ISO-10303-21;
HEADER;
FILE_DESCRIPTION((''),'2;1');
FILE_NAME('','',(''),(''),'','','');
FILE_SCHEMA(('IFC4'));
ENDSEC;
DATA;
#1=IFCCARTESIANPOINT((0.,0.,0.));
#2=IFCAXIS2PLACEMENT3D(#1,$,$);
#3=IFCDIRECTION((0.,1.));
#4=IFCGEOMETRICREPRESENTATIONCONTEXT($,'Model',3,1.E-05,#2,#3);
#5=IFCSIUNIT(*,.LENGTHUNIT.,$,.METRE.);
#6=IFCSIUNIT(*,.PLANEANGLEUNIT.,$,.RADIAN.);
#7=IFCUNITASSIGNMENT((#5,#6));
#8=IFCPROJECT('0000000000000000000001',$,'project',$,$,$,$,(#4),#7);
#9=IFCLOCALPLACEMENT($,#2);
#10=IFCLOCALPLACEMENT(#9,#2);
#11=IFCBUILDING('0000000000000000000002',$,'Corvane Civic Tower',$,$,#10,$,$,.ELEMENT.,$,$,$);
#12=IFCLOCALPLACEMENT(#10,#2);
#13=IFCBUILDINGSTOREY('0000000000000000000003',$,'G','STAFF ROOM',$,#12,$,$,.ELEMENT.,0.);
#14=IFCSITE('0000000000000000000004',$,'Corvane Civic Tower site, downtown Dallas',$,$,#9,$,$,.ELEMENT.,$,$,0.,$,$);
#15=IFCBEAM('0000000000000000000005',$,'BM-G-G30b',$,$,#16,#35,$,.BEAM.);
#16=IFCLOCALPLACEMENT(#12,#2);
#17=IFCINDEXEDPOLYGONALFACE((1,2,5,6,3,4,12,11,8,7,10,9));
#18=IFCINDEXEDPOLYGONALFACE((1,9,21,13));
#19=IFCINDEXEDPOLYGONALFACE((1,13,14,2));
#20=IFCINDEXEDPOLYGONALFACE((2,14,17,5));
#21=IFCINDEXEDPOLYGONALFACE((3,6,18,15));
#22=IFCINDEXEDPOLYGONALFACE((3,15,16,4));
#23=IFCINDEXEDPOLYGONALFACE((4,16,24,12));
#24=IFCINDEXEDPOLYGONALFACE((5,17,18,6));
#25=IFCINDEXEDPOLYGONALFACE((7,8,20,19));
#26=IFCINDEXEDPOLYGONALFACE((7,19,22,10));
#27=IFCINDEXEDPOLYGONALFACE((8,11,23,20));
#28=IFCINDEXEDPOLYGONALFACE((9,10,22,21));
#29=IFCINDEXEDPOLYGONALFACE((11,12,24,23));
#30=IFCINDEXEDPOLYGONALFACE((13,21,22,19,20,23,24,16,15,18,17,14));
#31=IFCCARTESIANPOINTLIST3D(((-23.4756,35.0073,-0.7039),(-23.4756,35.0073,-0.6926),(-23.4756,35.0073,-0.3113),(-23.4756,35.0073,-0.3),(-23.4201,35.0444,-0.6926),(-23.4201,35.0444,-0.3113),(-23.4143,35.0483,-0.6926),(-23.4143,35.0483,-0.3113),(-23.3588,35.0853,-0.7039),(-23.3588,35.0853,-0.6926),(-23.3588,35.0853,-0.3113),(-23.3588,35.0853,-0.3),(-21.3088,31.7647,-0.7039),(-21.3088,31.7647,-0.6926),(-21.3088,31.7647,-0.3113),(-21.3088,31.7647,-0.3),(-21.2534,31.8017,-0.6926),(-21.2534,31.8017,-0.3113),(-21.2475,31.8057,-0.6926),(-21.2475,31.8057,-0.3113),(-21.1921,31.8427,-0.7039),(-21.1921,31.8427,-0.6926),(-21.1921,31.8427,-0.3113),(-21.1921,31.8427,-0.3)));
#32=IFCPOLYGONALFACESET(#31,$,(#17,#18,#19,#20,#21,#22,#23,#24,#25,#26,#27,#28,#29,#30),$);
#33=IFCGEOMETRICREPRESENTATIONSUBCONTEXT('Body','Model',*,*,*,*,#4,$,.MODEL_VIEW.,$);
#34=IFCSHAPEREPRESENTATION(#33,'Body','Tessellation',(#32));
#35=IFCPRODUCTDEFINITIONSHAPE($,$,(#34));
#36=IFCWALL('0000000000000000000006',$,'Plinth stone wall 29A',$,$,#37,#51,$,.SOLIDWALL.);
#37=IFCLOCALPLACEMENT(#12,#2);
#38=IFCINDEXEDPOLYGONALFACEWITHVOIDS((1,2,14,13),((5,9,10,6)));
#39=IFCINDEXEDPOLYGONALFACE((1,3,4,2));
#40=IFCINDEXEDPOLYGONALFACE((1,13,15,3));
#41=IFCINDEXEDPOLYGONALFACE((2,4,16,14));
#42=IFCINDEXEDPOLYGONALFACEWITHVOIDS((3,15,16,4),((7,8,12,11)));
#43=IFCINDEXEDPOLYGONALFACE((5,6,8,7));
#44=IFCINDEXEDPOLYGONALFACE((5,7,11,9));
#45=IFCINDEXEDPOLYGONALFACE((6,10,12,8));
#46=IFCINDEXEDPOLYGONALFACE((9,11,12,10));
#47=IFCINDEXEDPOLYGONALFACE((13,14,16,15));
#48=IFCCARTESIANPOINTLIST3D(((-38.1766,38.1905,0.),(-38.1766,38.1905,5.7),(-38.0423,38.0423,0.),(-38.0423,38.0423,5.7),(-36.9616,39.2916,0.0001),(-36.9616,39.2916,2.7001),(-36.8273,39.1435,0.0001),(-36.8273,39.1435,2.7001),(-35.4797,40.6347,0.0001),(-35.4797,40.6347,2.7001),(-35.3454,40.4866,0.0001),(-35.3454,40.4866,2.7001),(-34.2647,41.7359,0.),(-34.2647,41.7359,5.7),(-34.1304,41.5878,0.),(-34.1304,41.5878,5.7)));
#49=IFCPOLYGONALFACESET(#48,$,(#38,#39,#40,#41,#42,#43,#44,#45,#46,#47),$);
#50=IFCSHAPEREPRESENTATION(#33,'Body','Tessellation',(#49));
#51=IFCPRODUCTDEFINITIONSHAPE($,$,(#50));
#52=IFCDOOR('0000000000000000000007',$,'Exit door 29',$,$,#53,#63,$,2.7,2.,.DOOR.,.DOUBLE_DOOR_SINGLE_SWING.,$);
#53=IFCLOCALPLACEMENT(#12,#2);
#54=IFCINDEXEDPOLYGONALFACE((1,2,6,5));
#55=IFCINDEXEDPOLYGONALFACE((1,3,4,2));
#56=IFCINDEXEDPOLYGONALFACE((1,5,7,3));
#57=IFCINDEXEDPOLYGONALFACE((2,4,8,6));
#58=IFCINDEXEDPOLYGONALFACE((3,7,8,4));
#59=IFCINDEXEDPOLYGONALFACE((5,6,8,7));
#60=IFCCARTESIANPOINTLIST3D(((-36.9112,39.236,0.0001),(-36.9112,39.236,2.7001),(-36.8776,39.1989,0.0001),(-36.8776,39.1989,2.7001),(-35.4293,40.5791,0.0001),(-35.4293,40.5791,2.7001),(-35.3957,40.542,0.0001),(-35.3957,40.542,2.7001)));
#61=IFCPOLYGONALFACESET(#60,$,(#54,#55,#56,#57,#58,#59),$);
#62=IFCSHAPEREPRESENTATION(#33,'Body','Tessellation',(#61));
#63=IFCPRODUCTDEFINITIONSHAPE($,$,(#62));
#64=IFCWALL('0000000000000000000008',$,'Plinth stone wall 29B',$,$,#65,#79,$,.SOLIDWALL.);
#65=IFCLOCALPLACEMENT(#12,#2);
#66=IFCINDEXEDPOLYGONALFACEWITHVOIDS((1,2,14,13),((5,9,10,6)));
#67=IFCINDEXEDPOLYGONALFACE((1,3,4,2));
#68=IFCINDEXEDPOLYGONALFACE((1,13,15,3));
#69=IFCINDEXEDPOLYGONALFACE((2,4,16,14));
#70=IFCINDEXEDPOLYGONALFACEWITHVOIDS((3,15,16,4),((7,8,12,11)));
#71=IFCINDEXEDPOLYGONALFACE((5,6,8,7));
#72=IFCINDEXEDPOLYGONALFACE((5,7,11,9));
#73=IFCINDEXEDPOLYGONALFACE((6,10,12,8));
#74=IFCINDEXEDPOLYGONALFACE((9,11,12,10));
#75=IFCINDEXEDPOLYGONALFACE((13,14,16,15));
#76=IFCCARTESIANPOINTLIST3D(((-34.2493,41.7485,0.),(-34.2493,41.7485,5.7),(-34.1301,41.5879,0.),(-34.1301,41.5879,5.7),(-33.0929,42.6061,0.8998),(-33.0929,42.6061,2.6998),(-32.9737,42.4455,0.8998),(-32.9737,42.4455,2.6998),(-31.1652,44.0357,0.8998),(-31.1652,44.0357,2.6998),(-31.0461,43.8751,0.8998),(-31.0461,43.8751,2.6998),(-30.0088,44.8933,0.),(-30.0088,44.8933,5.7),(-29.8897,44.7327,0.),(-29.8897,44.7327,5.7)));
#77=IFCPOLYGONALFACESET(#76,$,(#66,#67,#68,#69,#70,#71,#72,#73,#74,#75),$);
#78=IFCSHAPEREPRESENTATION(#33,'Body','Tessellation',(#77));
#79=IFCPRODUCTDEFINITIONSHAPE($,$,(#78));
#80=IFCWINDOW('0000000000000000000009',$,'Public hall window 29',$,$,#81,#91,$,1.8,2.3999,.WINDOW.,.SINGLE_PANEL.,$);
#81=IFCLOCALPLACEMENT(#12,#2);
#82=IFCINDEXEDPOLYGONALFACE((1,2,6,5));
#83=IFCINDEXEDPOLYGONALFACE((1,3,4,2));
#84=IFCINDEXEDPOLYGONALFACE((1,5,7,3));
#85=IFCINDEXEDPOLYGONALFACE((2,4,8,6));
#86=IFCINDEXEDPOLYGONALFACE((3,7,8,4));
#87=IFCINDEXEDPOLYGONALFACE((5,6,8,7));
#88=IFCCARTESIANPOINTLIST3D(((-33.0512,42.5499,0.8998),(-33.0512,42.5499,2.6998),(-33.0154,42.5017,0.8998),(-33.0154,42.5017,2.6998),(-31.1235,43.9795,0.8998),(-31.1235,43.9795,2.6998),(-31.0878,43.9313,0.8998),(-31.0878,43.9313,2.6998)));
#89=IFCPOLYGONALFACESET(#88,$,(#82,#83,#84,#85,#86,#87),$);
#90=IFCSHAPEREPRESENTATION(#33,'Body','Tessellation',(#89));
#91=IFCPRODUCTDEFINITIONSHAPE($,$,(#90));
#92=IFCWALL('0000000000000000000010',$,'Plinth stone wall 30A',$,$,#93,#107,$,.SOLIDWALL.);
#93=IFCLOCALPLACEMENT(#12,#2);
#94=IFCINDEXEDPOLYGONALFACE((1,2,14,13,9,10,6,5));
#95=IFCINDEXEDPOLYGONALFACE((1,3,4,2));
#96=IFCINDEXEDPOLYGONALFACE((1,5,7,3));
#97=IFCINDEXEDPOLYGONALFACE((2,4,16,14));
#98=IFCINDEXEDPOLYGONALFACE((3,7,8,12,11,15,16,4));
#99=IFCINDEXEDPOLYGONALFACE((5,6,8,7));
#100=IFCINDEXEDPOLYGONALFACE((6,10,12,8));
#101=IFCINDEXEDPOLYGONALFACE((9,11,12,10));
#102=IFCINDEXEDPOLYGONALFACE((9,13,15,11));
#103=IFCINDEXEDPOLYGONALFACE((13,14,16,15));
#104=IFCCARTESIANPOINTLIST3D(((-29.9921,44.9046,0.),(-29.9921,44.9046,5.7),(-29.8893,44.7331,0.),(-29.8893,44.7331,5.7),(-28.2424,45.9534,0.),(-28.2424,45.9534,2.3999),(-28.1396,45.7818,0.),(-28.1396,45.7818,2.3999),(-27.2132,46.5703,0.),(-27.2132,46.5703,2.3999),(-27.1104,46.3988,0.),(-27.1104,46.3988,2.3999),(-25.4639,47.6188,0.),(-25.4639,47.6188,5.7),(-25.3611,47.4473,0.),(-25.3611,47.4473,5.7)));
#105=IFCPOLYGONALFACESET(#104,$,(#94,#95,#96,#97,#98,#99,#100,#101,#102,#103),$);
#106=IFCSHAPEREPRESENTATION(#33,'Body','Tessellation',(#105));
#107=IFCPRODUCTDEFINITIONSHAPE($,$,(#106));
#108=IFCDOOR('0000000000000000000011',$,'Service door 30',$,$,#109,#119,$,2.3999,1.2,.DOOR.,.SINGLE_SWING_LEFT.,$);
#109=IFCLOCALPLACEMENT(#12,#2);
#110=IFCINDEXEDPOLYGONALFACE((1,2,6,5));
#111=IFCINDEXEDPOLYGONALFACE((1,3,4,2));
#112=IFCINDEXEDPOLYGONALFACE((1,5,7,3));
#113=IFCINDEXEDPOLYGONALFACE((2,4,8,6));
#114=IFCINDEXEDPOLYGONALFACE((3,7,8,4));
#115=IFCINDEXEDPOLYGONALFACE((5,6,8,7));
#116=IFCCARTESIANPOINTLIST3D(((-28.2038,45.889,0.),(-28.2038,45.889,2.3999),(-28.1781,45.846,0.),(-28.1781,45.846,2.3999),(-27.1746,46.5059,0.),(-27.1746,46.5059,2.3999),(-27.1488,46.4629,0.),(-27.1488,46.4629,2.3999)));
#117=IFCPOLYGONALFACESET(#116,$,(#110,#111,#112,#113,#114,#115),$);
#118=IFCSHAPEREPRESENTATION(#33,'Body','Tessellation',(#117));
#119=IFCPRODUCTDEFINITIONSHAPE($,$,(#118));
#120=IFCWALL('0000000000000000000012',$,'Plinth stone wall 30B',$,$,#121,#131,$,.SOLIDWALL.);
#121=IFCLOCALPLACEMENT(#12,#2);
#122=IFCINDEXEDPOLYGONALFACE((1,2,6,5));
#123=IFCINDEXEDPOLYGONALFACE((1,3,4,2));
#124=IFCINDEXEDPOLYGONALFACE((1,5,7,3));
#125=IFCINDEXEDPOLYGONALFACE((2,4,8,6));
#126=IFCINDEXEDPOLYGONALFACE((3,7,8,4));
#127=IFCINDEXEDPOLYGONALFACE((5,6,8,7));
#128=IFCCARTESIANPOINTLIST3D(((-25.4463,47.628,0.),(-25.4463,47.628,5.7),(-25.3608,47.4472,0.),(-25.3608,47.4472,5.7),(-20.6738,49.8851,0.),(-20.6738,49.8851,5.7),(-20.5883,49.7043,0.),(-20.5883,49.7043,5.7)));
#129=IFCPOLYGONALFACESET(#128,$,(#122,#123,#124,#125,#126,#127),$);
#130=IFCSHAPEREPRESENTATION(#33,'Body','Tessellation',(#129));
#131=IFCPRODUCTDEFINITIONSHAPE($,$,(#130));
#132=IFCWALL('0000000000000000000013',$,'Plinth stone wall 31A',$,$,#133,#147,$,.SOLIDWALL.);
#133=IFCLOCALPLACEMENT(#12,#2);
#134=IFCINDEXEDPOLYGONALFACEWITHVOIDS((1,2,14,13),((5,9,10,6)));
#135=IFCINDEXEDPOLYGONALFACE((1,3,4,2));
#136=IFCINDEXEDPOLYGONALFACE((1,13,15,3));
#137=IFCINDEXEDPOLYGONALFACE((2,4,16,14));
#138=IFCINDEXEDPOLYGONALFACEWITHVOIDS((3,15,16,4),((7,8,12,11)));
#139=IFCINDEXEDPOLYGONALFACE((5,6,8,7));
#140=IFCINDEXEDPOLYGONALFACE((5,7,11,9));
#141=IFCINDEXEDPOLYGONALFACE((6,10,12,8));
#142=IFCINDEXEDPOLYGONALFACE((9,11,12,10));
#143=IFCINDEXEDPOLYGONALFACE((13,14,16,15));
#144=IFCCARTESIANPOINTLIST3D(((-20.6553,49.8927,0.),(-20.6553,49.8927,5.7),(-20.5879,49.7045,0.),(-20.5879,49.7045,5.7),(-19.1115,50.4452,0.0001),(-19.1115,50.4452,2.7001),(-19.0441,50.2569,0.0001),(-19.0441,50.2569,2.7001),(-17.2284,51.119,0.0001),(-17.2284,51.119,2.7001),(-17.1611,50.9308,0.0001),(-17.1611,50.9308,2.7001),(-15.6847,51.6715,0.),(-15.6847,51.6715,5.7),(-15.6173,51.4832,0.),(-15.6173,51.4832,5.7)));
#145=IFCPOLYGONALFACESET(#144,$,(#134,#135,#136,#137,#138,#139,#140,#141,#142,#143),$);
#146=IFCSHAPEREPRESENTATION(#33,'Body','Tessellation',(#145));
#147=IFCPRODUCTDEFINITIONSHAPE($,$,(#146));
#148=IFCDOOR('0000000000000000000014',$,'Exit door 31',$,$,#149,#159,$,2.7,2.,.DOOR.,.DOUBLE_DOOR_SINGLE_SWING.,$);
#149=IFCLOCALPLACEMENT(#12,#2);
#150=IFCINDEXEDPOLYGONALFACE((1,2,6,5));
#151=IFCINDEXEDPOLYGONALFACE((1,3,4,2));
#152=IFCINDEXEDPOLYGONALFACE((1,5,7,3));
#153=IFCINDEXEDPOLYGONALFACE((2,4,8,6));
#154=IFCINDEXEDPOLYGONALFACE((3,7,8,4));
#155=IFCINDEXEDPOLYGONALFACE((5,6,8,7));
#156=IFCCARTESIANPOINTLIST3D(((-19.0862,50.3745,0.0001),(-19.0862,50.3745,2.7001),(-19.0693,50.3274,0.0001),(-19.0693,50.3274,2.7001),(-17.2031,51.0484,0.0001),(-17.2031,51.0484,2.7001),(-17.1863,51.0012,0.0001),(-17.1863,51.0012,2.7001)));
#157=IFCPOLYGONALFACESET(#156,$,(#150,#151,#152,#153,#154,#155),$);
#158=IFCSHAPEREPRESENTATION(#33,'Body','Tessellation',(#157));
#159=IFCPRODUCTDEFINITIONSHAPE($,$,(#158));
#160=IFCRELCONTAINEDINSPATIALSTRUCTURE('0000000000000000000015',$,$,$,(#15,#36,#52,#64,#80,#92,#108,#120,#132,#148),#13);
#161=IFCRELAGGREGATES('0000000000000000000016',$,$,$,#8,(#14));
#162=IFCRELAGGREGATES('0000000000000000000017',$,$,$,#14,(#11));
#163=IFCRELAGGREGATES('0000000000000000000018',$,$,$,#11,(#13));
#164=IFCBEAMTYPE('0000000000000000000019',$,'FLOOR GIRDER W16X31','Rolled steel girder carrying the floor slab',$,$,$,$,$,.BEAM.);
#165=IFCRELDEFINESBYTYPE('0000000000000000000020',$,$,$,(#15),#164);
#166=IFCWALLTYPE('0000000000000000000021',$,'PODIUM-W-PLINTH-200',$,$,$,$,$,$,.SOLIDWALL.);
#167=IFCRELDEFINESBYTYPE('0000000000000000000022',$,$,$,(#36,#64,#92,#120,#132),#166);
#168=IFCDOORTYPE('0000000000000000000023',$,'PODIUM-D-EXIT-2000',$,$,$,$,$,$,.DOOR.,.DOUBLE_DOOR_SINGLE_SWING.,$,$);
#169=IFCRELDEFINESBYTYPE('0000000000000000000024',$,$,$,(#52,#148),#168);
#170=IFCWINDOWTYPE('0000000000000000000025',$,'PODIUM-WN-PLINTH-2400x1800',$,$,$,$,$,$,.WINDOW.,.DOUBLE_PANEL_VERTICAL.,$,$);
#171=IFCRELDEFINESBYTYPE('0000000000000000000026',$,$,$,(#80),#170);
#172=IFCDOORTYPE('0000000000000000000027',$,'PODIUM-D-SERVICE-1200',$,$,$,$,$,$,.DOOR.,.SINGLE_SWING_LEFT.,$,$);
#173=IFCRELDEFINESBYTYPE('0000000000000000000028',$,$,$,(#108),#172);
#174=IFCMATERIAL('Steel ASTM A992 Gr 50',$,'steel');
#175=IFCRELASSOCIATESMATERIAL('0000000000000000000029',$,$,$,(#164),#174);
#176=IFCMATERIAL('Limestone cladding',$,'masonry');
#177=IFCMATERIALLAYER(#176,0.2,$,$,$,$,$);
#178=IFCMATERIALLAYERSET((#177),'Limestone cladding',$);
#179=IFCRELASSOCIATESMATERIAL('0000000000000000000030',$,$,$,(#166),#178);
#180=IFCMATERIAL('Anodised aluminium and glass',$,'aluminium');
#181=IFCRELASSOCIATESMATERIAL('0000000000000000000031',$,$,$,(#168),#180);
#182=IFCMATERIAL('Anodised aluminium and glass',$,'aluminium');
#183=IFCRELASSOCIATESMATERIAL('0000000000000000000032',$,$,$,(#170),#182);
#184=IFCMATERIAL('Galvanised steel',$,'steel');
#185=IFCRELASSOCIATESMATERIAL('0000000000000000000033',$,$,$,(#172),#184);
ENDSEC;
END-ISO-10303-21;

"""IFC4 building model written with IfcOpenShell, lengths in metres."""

from ifc_helpers import new_model, si_unit, direction, frame, frame_2d, origin, origin_2d, place, context, subcontext, project, spatial, rectangle, i_section, extrude, material, layer, layer_set, material_profile, profile_set, type_object, element, fill, save


model = new_model("IFC4")

# Units and contexts
model_context = context("Model", 3, precision=1e-05, world=origin(), true_north=direction((0.0, 1.0)))
body_context = subcontext(model_context, "Body", "Model", "MODEL_VIEW")
ifc_project = project(units=[si_unit("LENGTHUNIT", "METRE"), si_unit("PLANEANGLEUNIT", "RADIAN")], contexts=[model_context])

# Site, building, storey
site_placement = place(None, origin())
site = spatial("IfcSite", under=ifc_project, at=site_placement, Name="Corvane Civic Tower site, downtown Dallas", CompositionType="ELEMENT", RefElevation=0.0)
building_placement = place(site_placement, origin())
building = spatial("IfcBuilding", under=site, at=building_placement, Name="Corvane Civic Tower", CompositionType="ELEMENT")
storey_placement = place(building_placement, origin())
storey = spatial("IfcBuildingStorey", under=building, at=storey_placement, Name="G", Description="STAFF ROOM", CompositionType="ELEMENT", Elevation=0.0)

# Beam
ifc_material_1 = material(Name="Steel ASTM A992 Gr 50", Category="steel")
ifc_material_profile_1 = material_profile(ifc_material_1, i_section(OverallWidth=0.1404, OverallDepth=0.4038, WebThickness=0.0071, FlangeThickness=0.0112, at=origin_2d()), Name="W16X31")
ifc_profile_set_1 = profile_set([ifc_material_profile_1], Name="Steel ASTM A992 Gr 50")
beam_type_1 = type_object("IfcBeamType", Name="FLOOR GIRDER W16X31", Description="Rolled steel girder carrying the floor slab", PredefinedType="BEAM", material=ifc_profile_set_1)
beam_1_placement = place(storey_placement, frame((-21.2505, 31.8037, -0.502), z_axis=(-0.555581, 0.831462, 0.0), x_axis=(-0.831462, -0.555581, 0.0)))
element("IfcBeam", 1, at=beam_1_placement, inside=storey, type_object=beam_type_1, Name="BM-G-G30b", PredefinedType="BEAM", context=body_context, shape_type="SweptSolid", body=[
    extrude(i_section(OverallWidth=0.1404, OverallDepth=0.4038, WebThickness=0.0071, FlangeThickness=0.0112, at=origin_2d()), origin(), (0.0, 0.0, 1.0), 3.8999),
])

# Wall, opening, door
ifc_material_2 = material(Name="Limestone cladding", Category="masonry")
ifc_layer_1 = layer(ifc_material_2, 0.2)
ifc_layer_set_1 = layer_set([ifc_layer_1], Name="Limestone cladding")
wall_type_1 = type_object("IfcWallType", Name="PODIUM-W-PLINTH-200", PredefinedType="SOLIDWALL", material=ifc_layer_set_1)
wall_1_placement = place(storey_placement, frame((-38.1094, 38.1165, 0.0), z_axis=(0.0, 0.0, 1.0), x_axis=(0.74096, 0.671549, 0.0)))
wall_1 = element("IfcWall", 2, at=wall_1_placement, inside=storey, type_object=wall_type_1, Name="Plinth stone wall 29A", PredefinedType="SOLIDWALL", context=body_context, shape_type="SweptSolid", body=[
    extrude(rectangle(XDim=5.2795, YDim=0.2, at=frame_2d((2.6396, 0.0))), origin(), (0.0, 0.0, 1.0), 5.7),
])
opening_1_placement = place(wall_1_placement, frame((1.6396, 0.0, 0.0)))
opening_1 = element("IfcOpeningElement", 3, at=opening_1_placement, cuts=wall_1, PredefinedType="OPENING", context=body_context, shape_type="SweptSolid", body=[
    extrude(rectangle(XDim=2.0, YDim=2.7, at=frame_2d((1.0, 1.3501))), frame((0.0, 0.1099, 0.0), z_axis=(0.0, -1.0, 0.0), x_axis=(1.0, 0.0, 0.0)), (0.0, 0.0, 1.0), 0.22),
])
ifc_material_3 = material(Name="Anodised aluminium and glass", Category="aluminium")
door_type_1 = type_object("IfcDoorType", Name="PODIUM-D-EXIT-2000", OperationType="DOUBLE_DOOR_SINGLE_SWING", PredefinedType="DOOR", material=ifc_material_3)
door_1_placement = place(opening_1_placement, origin())
door_1 = element("IfcDoor", 4, at=door_1_placement, inside=storey, type_object=door_type_1, Name="Exit door 29", OperationType="DOUBLE_DOOR_SINGLE_SWING", OverallHeight=2.7, OverallWidth=2.0, PredefinedType="DOOR", context=body_context, shape_type="SweptSolid", body=[
    extrude(rectangle(XDim=2.0, YDim=2.7, at=frame_2d((1.0, 1.3501))), frame((0.0, 0.0249, 0.0), z_axis=(0.0, -1.0, 0.0), x_axis=(1.0, 0.0, 0.0)), (0.0, 0.0, 1.0), 0.05),
])
fill(opening_1, door_1)

# Wall, opening, window
wall_2_placement = place(storey_placement, frame((-34.1897, 41.6682, 0.0), z_axis=(0.0, 0.0, 1.0), x_axis=(0.803224, 0.595678, 0.0)))
wall_2 = element("IfcWall", 5, at=wall_2_placement, inside=storey, type_object=wall_type_1, Name="Plinth stone wall 29B", PredefinedType="SOLIDWALL", context=body_context, shape_type="SweptSolid", body=[
    extrude(rectangle(XDim=5.2793, YDim=0.2, at=frame_2d((2.6396, 0.0))), origin(), (0.0, 0.0, 1.0), 5.7),
])
opening_2_placement = place(wall_2_placement, frame((1.4397, 0.0, 0.8999)))
opening_2 = element("IfcOpeningElement", 6, at=opening_2_placement, cuts=wall_2, PredefinedType="OPENING", context=body_context, shape_type="SweptSolid", body=[
    extrude(rectangle(XDim=2.3999, YDim=1.8, at=frame_2d((1.2, 0.8999))), frame((0.0, 0.1099, 0.0), z_axis=(0.0, -1.0, 0.0), x_axis=(1.0, 0.0, 0.0)), (0.0, 0.0, 1.0), 0.22),
])
ifc_material_4 = material(Name="Anodised aluminium and glass", Category="aluminium")
window_type = type_object("IfcWindowType", Name="PODIUM-WN-PLINTH-2400x1800", PartitioningType="DOUBLE_PANEL_VERTICAL", PredefinedType="WINDOW", material=ifc_material_4)
window_placement = place(opening_2_placement, origin())
window = element("IfcWindow", 7, at=window_placement, inside=storey, type_object=window_type, Name="Public hall window 29", OverallHeight=1.8, OverallWidth=2.3999, PartitioningType="SINGLE_PANEL", PredefinedType="WINDOW", context=body_context, shape_type="SweptSolid", body=[
    extrude(rectangle(XDim=2.3999, YDim=1.8, at=frame_2d((1.2, 0.8999))), frame((0.0, 0.03, 0.0), z_axis=(0.0, -1.0, 0.0), x_axis=(1.0, 0.0, 0.0)), (0.0, 0.0, 1.0), 0.0601),
])
fill(opening_2, window)

# Wall, opening, door
wall_3_placement = place(storey_placement, frame((-29.9407, 44.8188, 0.0), z_axis=(0.0, 0.0, 1.0), x_axis=(0.857721, 0.514115, 0.0)))
wall_3 = element("IfcWall", 8, at=wall_3_placement, inside=storey, type_object=wall_type_1, Name="Plinth stone wall 30A", PredefinedType="SOLIDWALL", context=body_context, shape_type="SweptSolid", body=[
    extrude(rectangle(XDim=5.2793, YDim=0.2, at=frame_2d((2.6396, 0.0))), origin(), (0.0, 0.0, 1.0), 5.7),
])
opening_3_placement = place(wall_3_placement, frame((2.0398, 0.0, 0.0)))
opening_3 = element("IfcOpeningElement", 9, at=opening_3_placement, cuts=wall_3, PredefinedType="OPENING", context=body_context, shape_type="SweptSolid", body=[
    extrude(rectangle(XDim=1.2, YDim=2.3999, at=frame_2d((0.6001, 1.2))), frame((0.0, 0.1099, 0.0), z_axis=(0.0, -1.0, 0.0), x_axis=(1.0, 0.0, 0.0)), (0.0, 0.0, 1.0), 0.22),
])
ifc_material_5 = material(Name="Galvanised steel", Category="steel")
door_type_2 = type_object("IfcDoorType", Name="PODIUM-D-SERVICE-1200", OperationType="SINGLE_SWING_LEFT", PredefinedType="DOOR", material=ifc_material_5)
door_2_placement = place(opening_3_placement, origin())
door_2 = element("IfcDoor", 10, at=door_2_placement, inside=storey, type_object=door_type_2, Name="Service door 30", OperationType="SINGLE_SWING_LEFT", OverallHeight=2.3999, OverallWidth=1.2, PredefinedType="DOOR", context=body_context, shape_type="SweptSolid", body=[
    extrude(rectangle(XDim=1.2, YDim=2.3999, at=frame_2d((0.6001, 1.2))), frame((0.0, 0.0249, 0.0), z_axis=(0.0, -1.0, 0.0), x_axis=(1.0, 0.0, 0.0)), (0.0, 0.0, 1.0), 0.05),
])
fill(opening_3, door_2)

# Wall
wall_4_placement = place(storey_placement, frame((-25.4036, 47.5376, 0.0), z_axis=(0.0, 0.0, 1.0), x_axis=(0.903999, 0.427536, 0.0)))
element("IfcWall", 11, at=wall_4_placement, inside=storey, type_object=wall_type_1, Name="Plinth stone wall 30B", PredefinedType="SOLIDWALL", context=body_context, shape_type="SweptSolid", body=[
    extrude(rectangle(XDim=5.2793, YDim=0.2, at=frame_2d((2.6396, 0.0))), origin(), (0.0, 0.0, 1.0), 5.7),
])

# Wall, opening, door
wall_5_placement = place(storey_placement, frame((-20.6216, 49.7986, 0.0), z_axis=(0.0, 0.0, 1.0), x_axis=(0.941528, 0.336934, 0.0)))
wall_5 = element("IfcWall", 12, at=wall_5_placement, inside=storey, type_object=wall_type_1, Name="Plinth stone wall 31A", PredefinedType="SOLIDWALL", context=body_context, shape_type="SweptSolid", body=[
    extrude(rectangle(XDim=5.2793, YDim=0.2, at=frame_2d((2.6396, 0.0))), origin(), (0.0, 0.0, 1.0), 5.7),
])
opening_4_placement = place(wall_5_placement, frame((1.6396, 0.0, 0.0)))
opening_4 = element("IfcOpeningElement", 13, at=opening_4_placement, cuts=wall_5, PredefinedType="OPENING", context=body_context, shape_type="SweptSolid", body=[
    extrude(rectangle(XDim=2.0, YDim=2.7, at=frame_2d((1.0, 1.3501))), frame((0.0, 0.1099, 0.0), z_axis=(0.0, -1.0, 0.0), x_axis=(1.0, 0.0, 0.0)), (0.0, 0.0, 1.0), 0.22),
])
door_3_placement = place(opening_4_placement, origin())
door_3 = element("IfcDoor", 14, at=door_3_placement, inside=storey, type_object=door_type_1, Name="Exit door 31", OperationType="DOUBLE_DOOR_SINGLE_SWING", OverallHeight=2.7, OverallWidth=2.0, PredefinedType="DOOR", context=body_context, shape_type="SweptSolid", body=[
    extrude(rectangle(XDim=2.0, YDim=2.7, at=frame_2d((1.0, 1.3501))), frame((0.0, 0.0249, 0.0), z_axis=(0.0, -1.0, 0.0), x_axis=(1.0, 0.0, 0.0)), (0.0, 0.0, 1.0), 0.05),
])
fill(opening_4, door_3)

save(model, "model.ifc")
